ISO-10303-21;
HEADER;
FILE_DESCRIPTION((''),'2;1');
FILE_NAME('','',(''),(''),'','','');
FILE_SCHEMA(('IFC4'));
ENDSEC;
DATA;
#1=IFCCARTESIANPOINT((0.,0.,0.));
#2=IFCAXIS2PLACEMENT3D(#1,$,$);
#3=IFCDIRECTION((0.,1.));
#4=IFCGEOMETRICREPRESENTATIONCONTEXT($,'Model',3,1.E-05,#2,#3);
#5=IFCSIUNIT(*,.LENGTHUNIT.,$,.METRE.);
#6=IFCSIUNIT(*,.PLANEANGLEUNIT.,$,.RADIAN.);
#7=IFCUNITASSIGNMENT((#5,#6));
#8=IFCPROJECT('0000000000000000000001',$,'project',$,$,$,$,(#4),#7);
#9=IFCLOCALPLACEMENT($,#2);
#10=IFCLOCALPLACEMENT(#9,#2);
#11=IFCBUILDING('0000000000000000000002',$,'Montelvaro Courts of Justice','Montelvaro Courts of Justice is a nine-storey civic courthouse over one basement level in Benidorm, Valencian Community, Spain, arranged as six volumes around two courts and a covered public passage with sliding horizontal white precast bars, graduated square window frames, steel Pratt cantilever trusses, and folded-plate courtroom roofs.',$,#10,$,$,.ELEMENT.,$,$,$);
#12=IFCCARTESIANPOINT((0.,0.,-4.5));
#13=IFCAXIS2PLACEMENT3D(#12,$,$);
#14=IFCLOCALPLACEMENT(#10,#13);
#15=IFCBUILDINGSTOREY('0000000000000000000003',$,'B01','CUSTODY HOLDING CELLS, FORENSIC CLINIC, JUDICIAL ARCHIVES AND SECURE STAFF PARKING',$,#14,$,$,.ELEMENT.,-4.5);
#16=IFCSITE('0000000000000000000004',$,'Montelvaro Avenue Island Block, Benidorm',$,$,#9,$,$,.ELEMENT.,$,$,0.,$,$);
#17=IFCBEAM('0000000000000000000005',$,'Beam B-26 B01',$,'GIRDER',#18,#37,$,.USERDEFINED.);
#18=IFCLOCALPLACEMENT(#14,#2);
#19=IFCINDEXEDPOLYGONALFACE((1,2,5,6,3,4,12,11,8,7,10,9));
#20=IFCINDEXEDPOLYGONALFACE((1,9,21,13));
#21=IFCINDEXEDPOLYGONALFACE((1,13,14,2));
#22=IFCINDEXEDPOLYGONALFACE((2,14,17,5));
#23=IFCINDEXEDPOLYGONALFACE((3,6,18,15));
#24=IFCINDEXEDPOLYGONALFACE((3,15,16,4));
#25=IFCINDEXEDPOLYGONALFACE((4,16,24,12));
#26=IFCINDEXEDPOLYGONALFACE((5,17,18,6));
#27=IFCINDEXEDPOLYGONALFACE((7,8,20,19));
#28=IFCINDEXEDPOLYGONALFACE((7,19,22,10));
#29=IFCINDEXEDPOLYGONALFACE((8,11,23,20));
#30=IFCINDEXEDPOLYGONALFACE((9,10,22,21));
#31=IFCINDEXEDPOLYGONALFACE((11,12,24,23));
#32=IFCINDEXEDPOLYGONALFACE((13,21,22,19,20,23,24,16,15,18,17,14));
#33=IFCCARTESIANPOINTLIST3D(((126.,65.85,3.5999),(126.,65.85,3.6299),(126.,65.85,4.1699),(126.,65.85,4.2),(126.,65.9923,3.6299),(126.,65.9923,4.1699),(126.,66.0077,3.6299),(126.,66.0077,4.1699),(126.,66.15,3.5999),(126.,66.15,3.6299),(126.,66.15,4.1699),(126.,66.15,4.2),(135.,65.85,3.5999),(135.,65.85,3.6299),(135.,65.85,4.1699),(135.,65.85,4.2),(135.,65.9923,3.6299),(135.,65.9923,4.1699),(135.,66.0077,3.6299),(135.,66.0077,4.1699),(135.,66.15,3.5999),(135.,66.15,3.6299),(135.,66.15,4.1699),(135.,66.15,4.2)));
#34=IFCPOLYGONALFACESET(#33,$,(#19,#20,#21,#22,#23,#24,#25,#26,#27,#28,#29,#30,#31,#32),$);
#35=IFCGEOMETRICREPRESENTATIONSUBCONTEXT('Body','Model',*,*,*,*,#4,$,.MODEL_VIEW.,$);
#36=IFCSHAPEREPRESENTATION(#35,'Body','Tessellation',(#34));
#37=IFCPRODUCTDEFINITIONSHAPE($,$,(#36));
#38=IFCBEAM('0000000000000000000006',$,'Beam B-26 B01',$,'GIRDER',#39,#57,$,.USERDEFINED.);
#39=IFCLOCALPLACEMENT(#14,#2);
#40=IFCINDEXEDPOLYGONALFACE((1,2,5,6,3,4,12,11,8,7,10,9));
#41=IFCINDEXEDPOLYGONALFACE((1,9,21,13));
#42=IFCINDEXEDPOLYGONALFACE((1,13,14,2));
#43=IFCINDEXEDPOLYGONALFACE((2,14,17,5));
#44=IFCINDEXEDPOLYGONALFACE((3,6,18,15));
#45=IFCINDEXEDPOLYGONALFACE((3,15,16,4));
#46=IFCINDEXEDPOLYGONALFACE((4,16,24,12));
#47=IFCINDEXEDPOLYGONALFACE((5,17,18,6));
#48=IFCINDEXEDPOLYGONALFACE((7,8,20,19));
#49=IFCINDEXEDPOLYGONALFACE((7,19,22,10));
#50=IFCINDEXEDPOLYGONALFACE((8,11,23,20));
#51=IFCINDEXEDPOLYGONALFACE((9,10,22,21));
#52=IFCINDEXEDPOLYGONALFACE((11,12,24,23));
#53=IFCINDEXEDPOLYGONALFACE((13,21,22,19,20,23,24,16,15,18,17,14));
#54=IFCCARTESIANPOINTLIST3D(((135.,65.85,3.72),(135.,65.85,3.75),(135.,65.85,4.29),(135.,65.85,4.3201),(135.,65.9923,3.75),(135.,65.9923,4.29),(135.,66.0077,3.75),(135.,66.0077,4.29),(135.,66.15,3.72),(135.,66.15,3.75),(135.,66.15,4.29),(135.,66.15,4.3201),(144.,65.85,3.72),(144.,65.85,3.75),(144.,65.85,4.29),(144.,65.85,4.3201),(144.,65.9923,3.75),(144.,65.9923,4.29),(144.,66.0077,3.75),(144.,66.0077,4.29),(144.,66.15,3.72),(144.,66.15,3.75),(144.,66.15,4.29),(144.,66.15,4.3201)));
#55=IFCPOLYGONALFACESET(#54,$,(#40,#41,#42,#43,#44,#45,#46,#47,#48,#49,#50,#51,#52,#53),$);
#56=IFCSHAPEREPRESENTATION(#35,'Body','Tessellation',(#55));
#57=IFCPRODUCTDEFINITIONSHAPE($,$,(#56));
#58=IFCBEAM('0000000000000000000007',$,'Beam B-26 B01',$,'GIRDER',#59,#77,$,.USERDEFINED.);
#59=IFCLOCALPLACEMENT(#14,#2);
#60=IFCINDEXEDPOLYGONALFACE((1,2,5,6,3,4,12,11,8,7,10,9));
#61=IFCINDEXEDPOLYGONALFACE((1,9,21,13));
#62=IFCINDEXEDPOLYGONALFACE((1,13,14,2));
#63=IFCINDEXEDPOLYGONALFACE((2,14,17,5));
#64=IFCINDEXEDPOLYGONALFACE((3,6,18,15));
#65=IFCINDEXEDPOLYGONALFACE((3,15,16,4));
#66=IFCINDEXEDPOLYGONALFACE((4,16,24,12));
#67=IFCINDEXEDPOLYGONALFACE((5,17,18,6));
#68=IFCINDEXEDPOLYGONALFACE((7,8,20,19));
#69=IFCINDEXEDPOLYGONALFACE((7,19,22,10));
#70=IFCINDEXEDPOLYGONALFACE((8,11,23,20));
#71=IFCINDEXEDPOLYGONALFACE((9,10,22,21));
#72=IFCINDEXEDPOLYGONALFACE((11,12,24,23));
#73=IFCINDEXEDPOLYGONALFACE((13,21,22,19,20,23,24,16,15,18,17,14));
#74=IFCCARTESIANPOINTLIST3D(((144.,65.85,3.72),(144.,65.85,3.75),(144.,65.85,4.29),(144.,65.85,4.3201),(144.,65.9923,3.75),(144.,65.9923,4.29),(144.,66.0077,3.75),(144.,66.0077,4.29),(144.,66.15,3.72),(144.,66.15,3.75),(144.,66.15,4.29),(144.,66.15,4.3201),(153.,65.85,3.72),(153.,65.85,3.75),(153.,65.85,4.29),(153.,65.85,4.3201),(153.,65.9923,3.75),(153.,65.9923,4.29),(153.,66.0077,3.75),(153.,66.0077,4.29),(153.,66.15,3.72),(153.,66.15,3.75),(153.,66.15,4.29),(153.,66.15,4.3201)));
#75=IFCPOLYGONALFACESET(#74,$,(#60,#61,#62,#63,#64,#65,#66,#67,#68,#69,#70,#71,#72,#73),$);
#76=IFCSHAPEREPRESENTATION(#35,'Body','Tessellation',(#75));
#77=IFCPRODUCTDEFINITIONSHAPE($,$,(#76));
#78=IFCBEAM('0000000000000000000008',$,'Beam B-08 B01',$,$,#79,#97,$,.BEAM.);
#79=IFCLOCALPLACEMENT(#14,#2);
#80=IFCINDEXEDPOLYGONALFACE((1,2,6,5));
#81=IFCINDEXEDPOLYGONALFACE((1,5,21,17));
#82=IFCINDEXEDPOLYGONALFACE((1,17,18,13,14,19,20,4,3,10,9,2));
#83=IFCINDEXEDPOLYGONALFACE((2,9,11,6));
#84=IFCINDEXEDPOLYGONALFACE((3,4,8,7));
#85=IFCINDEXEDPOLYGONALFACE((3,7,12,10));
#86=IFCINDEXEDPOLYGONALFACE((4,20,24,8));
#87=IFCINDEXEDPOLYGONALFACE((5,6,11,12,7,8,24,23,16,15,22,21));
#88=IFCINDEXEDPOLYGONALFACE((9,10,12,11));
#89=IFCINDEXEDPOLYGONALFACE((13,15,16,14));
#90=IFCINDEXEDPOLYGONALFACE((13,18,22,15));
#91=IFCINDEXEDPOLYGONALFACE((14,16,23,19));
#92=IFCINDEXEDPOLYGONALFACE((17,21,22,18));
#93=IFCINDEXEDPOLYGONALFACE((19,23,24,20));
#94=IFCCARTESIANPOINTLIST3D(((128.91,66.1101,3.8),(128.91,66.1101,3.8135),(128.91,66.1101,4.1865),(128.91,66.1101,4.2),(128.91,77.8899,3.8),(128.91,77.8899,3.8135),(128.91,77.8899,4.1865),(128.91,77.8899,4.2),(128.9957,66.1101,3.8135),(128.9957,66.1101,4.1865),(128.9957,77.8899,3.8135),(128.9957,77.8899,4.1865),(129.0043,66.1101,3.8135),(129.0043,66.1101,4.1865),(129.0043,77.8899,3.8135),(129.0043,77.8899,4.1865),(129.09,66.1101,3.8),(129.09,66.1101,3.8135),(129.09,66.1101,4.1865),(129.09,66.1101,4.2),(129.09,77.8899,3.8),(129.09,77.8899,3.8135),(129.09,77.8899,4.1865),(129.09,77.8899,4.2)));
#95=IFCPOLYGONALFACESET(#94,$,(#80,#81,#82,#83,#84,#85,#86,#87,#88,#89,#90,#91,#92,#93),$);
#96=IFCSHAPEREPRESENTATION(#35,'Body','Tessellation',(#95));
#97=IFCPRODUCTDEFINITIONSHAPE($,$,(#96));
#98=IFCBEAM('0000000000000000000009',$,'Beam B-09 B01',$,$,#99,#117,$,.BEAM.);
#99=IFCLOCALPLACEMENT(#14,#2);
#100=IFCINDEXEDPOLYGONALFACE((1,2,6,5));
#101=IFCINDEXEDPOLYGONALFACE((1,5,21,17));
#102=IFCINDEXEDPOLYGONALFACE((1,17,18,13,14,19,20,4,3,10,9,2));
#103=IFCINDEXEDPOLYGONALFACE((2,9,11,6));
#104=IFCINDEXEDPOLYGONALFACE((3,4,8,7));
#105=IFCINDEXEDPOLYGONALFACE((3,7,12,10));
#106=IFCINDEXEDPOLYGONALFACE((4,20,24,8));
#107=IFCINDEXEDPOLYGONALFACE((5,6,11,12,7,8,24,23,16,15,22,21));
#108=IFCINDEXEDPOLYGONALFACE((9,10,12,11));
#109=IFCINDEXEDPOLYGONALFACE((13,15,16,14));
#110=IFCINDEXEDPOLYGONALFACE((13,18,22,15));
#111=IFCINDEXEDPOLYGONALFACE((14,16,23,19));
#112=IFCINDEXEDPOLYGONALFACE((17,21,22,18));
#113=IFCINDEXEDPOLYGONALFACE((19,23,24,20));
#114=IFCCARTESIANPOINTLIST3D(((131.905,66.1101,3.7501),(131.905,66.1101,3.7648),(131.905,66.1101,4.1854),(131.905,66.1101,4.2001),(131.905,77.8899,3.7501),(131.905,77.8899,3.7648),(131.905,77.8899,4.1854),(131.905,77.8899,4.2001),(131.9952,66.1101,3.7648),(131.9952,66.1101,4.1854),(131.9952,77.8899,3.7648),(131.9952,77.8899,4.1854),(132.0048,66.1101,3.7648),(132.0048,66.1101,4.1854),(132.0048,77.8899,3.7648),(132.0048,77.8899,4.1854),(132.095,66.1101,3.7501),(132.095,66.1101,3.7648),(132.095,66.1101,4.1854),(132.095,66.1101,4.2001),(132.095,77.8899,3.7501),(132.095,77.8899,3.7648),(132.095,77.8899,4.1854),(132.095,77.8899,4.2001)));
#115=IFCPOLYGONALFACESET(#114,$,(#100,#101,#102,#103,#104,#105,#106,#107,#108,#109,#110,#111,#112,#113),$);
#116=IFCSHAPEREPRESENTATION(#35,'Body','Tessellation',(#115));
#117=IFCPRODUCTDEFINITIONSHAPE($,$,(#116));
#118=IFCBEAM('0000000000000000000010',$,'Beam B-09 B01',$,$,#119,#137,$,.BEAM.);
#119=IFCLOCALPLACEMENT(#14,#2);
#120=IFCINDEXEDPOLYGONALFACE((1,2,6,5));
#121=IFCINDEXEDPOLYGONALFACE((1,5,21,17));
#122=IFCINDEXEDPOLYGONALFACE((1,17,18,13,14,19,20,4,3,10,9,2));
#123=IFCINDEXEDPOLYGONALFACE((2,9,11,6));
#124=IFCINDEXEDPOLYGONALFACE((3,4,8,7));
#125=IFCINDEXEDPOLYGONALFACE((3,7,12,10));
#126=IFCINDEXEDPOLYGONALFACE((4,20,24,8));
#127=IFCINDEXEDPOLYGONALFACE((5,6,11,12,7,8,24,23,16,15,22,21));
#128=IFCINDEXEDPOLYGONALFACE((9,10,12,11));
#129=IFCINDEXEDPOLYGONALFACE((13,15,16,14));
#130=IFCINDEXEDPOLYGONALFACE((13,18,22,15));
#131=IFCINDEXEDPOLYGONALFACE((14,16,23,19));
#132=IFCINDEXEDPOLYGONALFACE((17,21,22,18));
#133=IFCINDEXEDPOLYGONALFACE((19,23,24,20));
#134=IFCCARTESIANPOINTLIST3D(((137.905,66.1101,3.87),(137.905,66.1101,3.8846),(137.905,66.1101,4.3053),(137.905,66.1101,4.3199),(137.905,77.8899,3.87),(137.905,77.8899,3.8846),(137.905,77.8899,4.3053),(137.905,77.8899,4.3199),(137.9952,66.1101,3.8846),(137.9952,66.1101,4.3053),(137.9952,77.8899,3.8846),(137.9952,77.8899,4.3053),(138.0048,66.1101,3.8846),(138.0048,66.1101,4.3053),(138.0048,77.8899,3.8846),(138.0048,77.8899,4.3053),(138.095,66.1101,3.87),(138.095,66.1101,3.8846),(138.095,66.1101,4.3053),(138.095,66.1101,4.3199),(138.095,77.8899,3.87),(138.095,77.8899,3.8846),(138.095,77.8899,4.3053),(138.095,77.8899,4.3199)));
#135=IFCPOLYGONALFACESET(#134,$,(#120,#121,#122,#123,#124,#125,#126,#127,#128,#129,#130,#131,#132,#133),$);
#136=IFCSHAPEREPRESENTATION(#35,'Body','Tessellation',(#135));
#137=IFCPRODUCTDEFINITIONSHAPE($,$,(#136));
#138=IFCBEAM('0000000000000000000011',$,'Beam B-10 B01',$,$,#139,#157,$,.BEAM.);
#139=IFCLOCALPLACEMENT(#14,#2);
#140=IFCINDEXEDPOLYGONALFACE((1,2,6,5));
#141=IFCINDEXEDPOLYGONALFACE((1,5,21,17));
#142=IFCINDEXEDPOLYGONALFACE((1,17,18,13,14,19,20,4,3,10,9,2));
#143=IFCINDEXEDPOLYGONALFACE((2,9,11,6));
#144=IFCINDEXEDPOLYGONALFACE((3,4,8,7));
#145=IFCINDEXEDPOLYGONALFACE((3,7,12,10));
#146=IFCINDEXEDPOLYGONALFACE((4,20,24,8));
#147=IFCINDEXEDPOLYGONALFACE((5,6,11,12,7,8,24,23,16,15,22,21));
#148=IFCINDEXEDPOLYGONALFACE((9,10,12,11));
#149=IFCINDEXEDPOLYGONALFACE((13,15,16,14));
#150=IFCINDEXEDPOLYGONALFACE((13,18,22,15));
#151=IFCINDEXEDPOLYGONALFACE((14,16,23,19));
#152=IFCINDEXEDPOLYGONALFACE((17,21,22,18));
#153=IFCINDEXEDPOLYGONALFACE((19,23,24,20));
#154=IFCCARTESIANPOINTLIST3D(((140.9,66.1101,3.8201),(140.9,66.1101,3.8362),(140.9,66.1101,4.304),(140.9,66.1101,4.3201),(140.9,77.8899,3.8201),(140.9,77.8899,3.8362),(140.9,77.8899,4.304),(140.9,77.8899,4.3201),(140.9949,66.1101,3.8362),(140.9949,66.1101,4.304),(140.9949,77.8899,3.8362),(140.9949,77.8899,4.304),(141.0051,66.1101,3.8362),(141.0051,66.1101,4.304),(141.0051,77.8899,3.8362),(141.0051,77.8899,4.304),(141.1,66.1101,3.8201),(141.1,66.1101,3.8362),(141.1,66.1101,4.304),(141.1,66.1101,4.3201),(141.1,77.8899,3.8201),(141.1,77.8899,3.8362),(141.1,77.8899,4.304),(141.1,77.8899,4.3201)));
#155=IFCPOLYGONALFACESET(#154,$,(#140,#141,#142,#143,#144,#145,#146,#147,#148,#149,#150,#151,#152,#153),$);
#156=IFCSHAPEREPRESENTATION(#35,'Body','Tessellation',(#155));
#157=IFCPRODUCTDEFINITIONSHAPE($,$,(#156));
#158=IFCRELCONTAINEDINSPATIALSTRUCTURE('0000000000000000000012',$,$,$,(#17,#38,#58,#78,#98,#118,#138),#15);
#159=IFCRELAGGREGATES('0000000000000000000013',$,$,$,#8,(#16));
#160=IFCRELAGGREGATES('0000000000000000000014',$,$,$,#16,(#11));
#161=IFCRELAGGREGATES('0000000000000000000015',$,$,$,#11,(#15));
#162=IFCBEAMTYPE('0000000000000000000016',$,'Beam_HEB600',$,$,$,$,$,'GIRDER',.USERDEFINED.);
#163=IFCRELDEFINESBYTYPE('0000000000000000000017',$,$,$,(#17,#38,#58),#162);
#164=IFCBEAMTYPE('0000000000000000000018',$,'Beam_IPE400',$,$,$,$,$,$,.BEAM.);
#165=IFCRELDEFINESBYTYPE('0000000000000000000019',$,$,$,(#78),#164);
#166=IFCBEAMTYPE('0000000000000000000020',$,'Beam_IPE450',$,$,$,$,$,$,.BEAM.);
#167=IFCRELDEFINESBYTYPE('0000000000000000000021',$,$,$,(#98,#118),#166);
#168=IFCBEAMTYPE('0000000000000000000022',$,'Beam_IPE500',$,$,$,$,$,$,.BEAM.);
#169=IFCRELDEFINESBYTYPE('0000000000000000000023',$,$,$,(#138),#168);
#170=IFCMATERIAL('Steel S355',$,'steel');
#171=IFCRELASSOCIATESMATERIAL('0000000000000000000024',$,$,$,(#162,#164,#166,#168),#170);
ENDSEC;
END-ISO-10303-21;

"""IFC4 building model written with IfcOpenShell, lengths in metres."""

from ifc_helpers import new_model, si_unit, direction, frame, origin, origin_2d, place, context, subcontext, project, spatial, i_section, extrude, material, material_profile, profile_set, type_object, element, save


model = new_model("IFC4")

# Units and contexts
model_context = context("Model", 3, precision=1e-05, world=origin(), true_north=direction((0.0, 1.0)))
body_context = subcontext(model_context, "Body", "Model", "MODEL_VIEW")
ifc_project = project(units=[si_unit("LENGTHUNIT", "METRE"), si_unit("PLANEANGLEUNIT", "RADIAN")], contexts=[model_context])

# Site, building, storey
site_placement = place(None, origin())
site = spatial("IfcSite", under=ifc_project, at=site_placement, Name="Montelvaro Avenue Island Block, Benidorm", CompositionType="ELEMENT", RefElevation=0.0)
building_placement = place(site_placement, origin())
building = spatial("IfcBuilding", under=site, at=building_placement, Name="Montelvaro Courts of Justice", Description="Montelvaro Courts of Justice is a nine-storey civic courthouse over one basement level in Benidorm, Valencian Community, Spain, arranged as six volumes around two courts and a covered public passage with sliding horizontal white precast bars, graduated square window frames, steel Pratt cantilever trusses, and folded-plate courtroom roofs.", CompositionType="ELEMENT")
storey_placement = place(building_placement, frame((0.0, 0.0, -4.5)))
storey = spatial("IfcBuildingStorey", under=building, at=storey_placement, Name="B01", Description="CUSTODY HOLDING CELLS, FORENSIC CLINIC, JUDICIAL ARCHIVES AND SECURE STAFF PARKING", CompositionType="ELEMENT", Elevation=-4.5)

# Beams
ifc_material_1 = material(Name="Steel S355", Category="steel")
ifc_material_profile_1 = material_profile(ifc_material_1, i_section(OverallWidth=0.3, OverallDepth=0.6001, WebThickness=0.0154, FlangeThickness=0.03, at=origin_2d()), Name="HEB 600")
ifc_profile_set_1 = profile_set([ifc_material_profile_1], Name="Steel S355")
beam_type_1 = type_object("IfcBeamType", Name="Beam_HEB600", ElementType="GIRDER", PredefinedType="USERDEFINED", material=ifc_profile_set_1)
for number, where, z_axis, x_axis, name in (
    (1, (126.0, 66.0, 3.8999), (1.0, 0.0, 0.0), (0.0, 1.0, 0.0), "Beam B-26 B01"),
    (2, (135.0, 66.0, 4.02), (1.0, 0.0, 0.0), (0.0, 1.0, 0.0), "Beam B-26 B01"),
    (3, (144.0, 66.0, 4.02), (1.0, 0.0, 0.0), (0.0, 1.0, 0.0), "Beam B-26 B01"),
):
    element("IfcBeam", number, at=place(storey_placement, frame(where, z_axis=z_axis, x_axis=x_axis)), inside=storey, type_object=beam_type_1, Name=name, ObjectType="GIRDER", PredefinedType="USERDEFINED", context=body_context, shape_type="SweptSolid", body=[
        extrude(i_section(OverallWidth=0.3, OverallDepth=0.6001, WebThickness=0.0154, FlangeThickness=0.03, at=origin_2d()), origin(), (0.0, 0.0, 1.0), 9.0),
    ])
ifc_material_profile_2 = material_profile(ifc_material_1, i_section(OverallWidth=0.1799, OverallDepth=0.3999, WebThickness=0.0085, FlangeThickness=0.0134, at=origin_2d()), Name="IPE 400")
ifc_profile_set_2 = profile_set([ifc_material_profile_2], Name="Steel S355")
beam_type_2 = type_object("IfcBeamType", Name="Beam_IPE400", PredefinedType="BEAM", material=ifc_profile_set_2)
beam_1_placement = place(storey_placement, frame((129.0, 66.1101, 4.0), z_axis=(0.0, 1.0, 0.0), x_axis=(-1.0, 0.0, 0.0)))
element("IfcBeam", 4, at=beam_1_placement, inside=storey, type_object=beam_type_2, Name="Beam B-08 B01", PredefinedType="BEAM", context=body_context, shape_type="SweptSolid", body=[
    extrude(i_section(OverallWidth=0.1799, OverallDepth=0.3999, WebThickness=0.0085, FlangeThickness=0.0134, at=origin_2d()), origin(), (0.0, 0.0, 1.0), 11.7798),
])
ifc_material_profile_3 = material_profile(ifc_material_1, i_section(OverallWidth=0.1899, OverallDepth=0.45, WebThickness=0.0095, FlangeThickness=0.0146, at=origin_2d()), Name="IPE 450")
ifc_profile_set_3 = profile_set([ifc_material_profile_3], Name="Steel S355")
beam_type_3 = type_object("IfcBeamType", Name="Beam_IPE450", PredefinedType="BEAM", material=ifc_profile_set_3)
for number, where, z_axis, x_axis, name in (
    (5, (132.0, 66.1101, 3.9751), (0.0, 1.0, 0.0), (-1.0, 0.0, 0.0), "Beam B-09 B01"),
    (6, (138.0, 66.1101, 4.095), (0.0, 1.0, 0.0), (-1.0, 0.0, 0.0), "Beam B-09 B01"),
):
    element("IfcBeam", number, at=place(storey_placement, frame(where, z_axis=z_axis, x_axis=x_axis)), inside=storey, type_object=beam_type_3, Name=name, PredefinedType="BEAM", context=body_context, shape_type="SweptSolid", body=[
        extrude(i_section(OverallWidth=0.1899, OverallDepth=0.45, WebThickness=0.0095, FlangeThickness=0.0146, at=origin_2d()), origin(), (0.0, 0.0, 1.0), 11.7798),
    ])
ifc_material_profile_4 = material_profile(ifc_material_1, i_section(OverallWidth=0.2, OverallDepth=0.5, WebThickness=0.0103, FlangeThickness=0.0161, at=origin_2d()), Name="IPE 500")
ifc_profile_set_4 = profile_set([ifc_material_profile_4], Name="Steel S355")
beam_type_4 = type_object("IfcBeamType", Name="Beam_IPE500", PredefinedType="BEAM", material=ifc_profile_set_4)
beam_2_placement = place(storey_placement, frame((141.0, 66.1101, 4.0701), z_axis=(0.0, 1.0, 0.0), x_axis=(-1.0, 0.0, 0.0)))
element("IfcBeam", 7, at=beam_2_placement, inside=storey, type_object=beam_type_4, Name="Beam B-10 B01", PredefinedType="BEAM", context=body_context, shape_type="SweptSolid", body=[
    extrude(i_section(OverallWidth=0.2, OverallDepth=0.5, WebThickness=0.0103, FlangeThickness=0.0161, at=origin_2d()), origin(), (0.0, 0.0, 1.0), 11.7798),
])

save(model, "model.ifc")
